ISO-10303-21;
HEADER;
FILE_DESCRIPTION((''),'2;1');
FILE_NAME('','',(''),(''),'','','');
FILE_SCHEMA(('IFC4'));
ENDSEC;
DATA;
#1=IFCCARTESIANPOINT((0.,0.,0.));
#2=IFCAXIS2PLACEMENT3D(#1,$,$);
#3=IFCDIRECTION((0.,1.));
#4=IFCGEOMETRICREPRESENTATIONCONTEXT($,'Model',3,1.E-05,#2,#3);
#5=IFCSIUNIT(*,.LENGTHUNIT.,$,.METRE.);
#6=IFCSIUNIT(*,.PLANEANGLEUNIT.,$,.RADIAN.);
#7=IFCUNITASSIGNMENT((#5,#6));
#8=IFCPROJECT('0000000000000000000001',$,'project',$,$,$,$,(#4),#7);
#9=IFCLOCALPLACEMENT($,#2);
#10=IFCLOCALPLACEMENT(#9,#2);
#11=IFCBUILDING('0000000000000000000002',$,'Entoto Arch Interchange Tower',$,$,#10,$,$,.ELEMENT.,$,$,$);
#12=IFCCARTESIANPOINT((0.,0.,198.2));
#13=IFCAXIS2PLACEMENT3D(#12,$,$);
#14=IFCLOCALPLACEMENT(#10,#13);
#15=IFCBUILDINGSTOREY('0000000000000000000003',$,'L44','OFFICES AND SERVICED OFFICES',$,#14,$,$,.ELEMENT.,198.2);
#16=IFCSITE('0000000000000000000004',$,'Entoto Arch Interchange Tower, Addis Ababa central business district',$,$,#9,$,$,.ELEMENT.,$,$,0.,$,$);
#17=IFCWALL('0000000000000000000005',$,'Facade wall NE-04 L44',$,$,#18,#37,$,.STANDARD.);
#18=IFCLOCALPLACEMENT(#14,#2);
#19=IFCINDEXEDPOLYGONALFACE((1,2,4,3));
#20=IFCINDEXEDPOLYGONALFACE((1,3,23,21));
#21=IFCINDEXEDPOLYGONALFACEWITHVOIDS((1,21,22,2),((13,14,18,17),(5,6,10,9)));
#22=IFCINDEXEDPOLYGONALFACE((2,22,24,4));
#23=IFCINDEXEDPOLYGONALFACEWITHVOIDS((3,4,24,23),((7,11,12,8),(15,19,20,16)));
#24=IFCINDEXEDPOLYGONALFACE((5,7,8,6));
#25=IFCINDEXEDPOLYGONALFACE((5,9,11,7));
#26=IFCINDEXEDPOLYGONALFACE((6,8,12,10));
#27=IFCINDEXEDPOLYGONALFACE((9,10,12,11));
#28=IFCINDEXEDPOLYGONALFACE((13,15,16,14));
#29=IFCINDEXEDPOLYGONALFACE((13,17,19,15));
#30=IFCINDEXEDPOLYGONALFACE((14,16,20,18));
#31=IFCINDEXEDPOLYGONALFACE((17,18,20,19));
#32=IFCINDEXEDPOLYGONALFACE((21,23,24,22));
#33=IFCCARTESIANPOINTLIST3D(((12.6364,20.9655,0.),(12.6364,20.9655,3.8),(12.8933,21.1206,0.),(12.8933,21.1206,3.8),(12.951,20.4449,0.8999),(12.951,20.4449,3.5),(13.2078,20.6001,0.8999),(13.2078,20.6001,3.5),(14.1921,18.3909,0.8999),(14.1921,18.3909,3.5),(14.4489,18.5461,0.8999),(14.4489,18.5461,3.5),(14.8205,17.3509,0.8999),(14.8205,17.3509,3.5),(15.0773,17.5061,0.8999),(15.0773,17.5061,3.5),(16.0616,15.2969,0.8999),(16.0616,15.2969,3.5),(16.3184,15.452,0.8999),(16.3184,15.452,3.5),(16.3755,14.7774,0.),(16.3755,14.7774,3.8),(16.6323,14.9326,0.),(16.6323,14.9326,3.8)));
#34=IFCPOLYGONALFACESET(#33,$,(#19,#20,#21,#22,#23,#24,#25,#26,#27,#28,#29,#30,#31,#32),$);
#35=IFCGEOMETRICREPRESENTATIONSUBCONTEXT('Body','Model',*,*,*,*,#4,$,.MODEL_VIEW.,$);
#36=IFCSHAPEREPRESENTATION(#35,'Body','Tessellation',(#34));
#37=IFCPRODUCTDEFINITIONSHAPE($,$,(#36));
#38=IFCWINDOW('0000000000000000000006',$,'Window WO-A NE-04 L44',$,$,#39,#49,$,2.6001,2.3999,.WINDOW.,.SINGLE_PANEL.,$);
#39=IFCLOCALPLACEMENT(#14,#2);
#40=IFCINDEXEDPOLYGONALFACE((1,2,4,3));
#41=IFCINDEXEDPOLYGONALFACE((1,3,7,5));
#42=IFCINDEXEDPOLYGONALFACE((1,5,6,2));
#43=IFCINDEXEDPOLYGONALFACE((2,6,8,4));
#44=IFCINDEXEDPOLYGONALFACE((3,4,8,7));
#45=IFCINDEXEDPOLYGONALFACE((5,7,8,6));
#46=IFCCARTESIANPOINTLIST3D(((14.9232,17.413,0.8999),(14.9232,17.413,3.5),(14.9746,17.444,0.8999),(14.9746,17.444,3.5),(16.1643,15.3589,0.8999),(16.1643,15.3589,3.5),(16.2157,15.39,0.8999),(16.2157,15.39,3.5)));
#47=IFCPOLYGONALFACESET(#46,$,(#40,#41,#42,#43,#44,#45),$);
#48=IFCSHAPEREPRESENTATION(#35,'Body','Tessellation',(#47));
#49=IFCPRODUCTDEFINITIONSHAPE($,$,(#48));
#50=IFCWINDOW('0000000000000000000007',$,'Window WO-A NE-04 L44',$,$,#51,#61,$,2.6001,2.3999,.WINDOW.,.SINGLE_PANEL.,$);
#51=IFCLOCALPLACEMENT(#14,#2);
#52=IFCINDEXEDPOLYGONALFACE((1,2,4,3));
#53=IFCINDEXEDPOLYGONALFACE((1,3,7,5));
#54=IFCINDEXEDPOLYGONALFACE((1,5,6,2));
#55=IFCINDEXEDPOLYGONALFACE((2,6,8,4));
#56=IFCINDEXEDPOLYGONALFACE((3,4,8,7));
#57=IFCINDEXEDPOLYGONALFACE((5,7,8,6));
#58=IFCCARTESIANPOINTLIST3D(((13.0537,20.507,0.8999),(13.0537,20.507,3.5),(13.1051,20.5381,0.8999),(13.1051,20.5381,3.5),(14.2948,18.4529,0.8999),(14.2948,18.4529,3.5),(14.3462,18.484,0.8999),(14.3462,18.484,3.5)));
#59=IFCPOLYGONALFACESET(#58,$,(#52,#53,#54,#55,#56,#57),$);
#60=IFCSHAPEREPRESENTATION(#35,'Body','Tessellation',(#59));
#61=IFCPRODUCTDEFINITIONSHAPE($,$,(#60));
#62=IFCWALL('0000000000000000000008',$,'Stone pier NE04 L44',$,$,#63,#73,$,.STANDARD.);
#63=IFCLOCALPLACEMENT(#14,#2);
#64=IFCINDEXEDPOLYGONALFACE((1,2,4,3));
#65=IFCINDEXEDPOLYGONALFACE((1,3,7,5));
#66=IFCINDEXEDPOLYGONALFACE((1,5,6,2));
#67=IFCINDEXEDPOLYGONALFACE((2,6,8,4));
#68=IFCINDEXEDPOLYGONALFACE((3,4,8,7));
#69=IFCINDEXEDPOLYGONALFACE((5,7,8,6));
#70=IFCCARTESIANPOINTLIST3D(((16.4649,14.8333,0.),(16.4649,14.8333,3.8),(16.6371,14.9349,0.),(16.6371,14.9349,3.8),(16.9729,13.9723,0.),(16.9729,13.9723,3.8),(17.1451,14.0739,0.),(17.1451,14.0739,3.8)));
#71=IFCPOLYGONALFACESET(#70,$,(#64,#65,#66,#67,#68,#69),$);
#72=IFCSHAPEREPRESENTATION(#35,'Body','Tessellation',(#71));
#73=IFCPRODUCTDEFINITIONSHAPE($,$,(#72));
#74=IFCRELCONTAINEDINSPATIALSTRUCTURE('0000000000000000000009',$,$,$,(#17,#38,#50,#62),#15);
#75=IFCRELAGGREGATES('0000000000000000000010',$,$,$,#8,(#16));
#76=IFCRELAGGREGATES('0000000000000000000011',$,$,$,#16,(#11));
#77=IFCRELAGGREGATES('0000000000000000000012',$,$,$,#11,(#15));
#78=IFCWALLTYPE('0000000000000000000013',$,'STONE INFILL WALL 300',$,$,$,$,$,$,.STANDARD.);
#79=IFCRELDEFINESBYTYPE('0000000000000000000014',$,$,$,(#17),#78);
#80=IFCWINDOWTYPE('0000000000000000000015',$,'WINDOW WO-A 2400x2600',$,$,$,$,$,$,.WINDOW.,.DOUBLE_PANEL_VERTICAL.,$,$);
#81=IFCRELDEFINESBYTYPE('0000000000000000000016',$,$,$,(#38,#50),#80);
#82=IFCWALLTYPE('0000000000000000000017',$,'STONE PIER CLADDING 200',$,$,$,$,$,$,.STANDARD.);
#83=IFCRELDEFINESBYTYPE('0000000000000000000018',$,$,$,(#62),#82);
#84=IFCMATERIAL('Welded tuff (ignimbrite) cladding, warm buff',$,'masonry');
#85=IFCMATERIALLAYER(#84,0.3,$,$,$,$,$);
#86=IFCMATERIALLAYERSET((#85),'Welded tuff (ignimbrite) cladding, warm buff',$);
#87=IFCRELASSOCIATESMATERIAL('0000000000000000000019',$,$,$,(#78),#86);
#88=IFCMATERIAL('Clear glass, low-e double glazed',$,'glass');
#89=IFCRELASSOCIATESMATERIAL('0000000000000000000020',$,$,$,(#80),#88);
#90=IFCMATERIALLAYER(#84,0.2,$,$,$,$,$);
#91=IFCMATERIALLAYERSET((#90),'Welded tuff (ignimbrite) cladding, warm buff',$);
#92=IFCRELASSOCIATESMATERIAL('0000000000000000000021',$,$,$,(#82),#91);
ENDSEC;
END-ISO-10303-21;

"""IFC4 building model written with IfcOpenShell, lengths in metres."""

from ifc_helpers import new_model, si_unit, direction, frame, frame_2d, origin, place, context, subcontext, project, spatial, rectangle, extrude, material, layer, layer_set, type_object, element, fill, save


model = new_model("IFC4")

# Units and contexts
model_context = context("Model", 3, precision=1e-05, world=origin(), true_north=direction((0.0, 1.0)))
body_context = subcontext(model_context, "Body", "Model", "MODEL_VIEW")
ifc_project = project(units=[si_unit("LENGTHUNIT", "METRE"), si_unit("PLANEANGLEUNIT", "RADIAN")], contexts=[model_context])

# Site, building, storey
site_placement = place(None, origin())
site = spatial("IfcSite", under=ifc_project, at=site_placement, Name="Entoto Arch Interchange Tower, Addis Ababa central business district", CompositionType="ELEMENT", RefElevation=0.0)
building_placement = place(site_placement, origin())
building = spatial("IfcBuilding", under=site, at=building_placement, Name="Entoto Arch Interchange Tower", CompositionType="ELEMENT")
storey_placement = place(building_placement, frame((0.0, 0.0, 198.2)))
storey = spatial("IfcBuildingStorey", under=building, at=storey_placement, Name="L44", Description="OFFICES AND SERVICED OFFICES", CompositionType="ELEMENT", Elevation=198.2)

# Wall, openings, windows
ifc_material_1 = material(Name="Welded tuff (ignimbrite) cladding, warm buff", Category="masonry")
ifc_layer_1 = layer(ifc_material_1, 0.3)
ifc_layer_set_1 = layer_set([ifc_layer_1], Name="Welded tuff (ignimbrite) cladding, warm buff")
wall_type_1 = type_object("IfcWallType", Name="STONE INFILL WALL 300", PredefinedType="STANDARD", material=ifc_layer_set_1)
wall_1_placement = place(storey_placement, frame((16.5039, 14.855, 0.0), z_axis=(0.0, 0.0, 1.0), x_axis=(-0.51716, 0.855889, 0.0)))
wall_1 = element("IfcWall", 1, at=wall_1_placement, inside=storey, type_object=wall_type_1, Name="Facade wall NE-04 L44", PredefinedType="STANDARD", context=body_context, shape_type="SweptSolid", body=[
    extrude(rectangle(XDim=7.23, YDim=0.3, at=frame_2d((3.615, 0.0))), origin(), (0.0, 0.0, 1.0), 3.8),
])
opening_1_placement = place(wall_1_placement, frame((0.6069, 0.0, 0.8999)))
opening_1 = element("IfcOpeningElement", 2, at=opening_1_placement, cuts=wall_1, PredefinedType="OPENING", context=body_context, shape_type="SweptSolid", body=[
    extrude(rectangle(XDim=2.3999, YDim=2.6001, at=frame_2d((1.2, 1.3))), frame((0.0, 0.1602, 0.0), z_axis=(0.0, -1.0, 0.0), x_axis=(1.0, 0.0, 0.0)), (0.0, 0.0, 1.0), 0.3201),
])
opening_2_placement = place(wall_1_placement, frame((4.2219, 0.0, 0.8999)))
opening_2 = element("IfcOpeningElement", 3, at=opening_2_placement, cuts=wall_1, PredefinedType="OPENING", context=body_context, shape_type="SweptSolid", body=[
    extrude(rectangle(XDim=2.3999, YDim=2.6001, at=frame_2d((1.2, 1.3))), frame((0.0, 0.1602, 0.0), z_axis=(0.0, -1.0, 0.0), x_axis=(1.0, 0.0, 0.0)), (0.0, 0.0, 1.0), 0.3201),
])
ifc_material_2 = material(Name="Clear glass, low-e double glazed", Category="glass")
window_type = type_object("IfcWindowType", Name="WINDOW WO-A 2400x2600", PartitioningType="DOUBLE_PANEL_VERTICAL", PredefinedType="WINDOW", material=ifc_material_2)
window_1_placement = place(opening_1_placement, origin())
window_1 = element("IfcWindow", 4, at=window_1_placement, inside=storey, type_object=window_type, Name="Window WO-A NE-04 L44", OverallHeight=2.6001, OverallWidth=2.3999, PartitioningType="SINGLE_PANEL", PredefinedType="WINDOW", context=body_context, shape_type="SweptSolid", body=[
    extrude(rectangle(XDim=2.3999, YDim=2.6001, at=frame_2d((1.2, 1.3))), frame((0.0, 0.03, 0.0), z_axis=(0.0, -1.0, 0.0), x_axis=(1.0, 0.0, 0.0)), (0.0, 0.0, 1.0), 0.0601),
])
fill(opening_1, window_1)
window_2_placement = place(opening_2_placement, origin())
window_2 = element("IfcWindow", 5, at=window_2_placement, inside=storey, type_object=window_type, Name="Window WO-A NE-04 L44", OverallHeight=2.6001, OverallWidth=2.3999, PartitioningType="SINGLE_PANEL", PredefinedType="WINDOW", context=body_context, shape_type="SweptSolid", body=[
    extrude(rectangle(XDim=2.3999, YDim=2.6001, at=frame_2d((1.2, 1.3))), frame((0.0, 0.03, 0.0), z_axis=(0.0, -1.0, 0.0), x_axis=(1.0, 0.0, 0.0)), (0.0, 0.0, 1.0), 0.0601),
])
fill(opening_2, window_2)

# Wall
ifc_layer_2 = layer(ifc_material_1, 0.2)
ifc_layer_set_2 = layer_set([ifc_layer_2], Name="Welded tuff (ignimbrite) cladding, warm buff")
wall_type_2 = type_object("IfcWallType", Name="STONE PIER CLADDING 200", PredefinedType="STANDARD", material=ifc_layer_set_2)
wall_2_placement = place(storey_placement, frame((17.0591, 14.0229, 0.0), z_axis=(0.0, 0.0, 1.0), x_axis=(-0.508162, 0.861262, 0.0)))
element("IfcWall", 6, at=wall_2_placement, inside=storey, type_object=wall_type_2, Name="Stone pier NE04 L44", PredefinedType="STANDARD", context=body_context, shape_type="SweptSolid", body=[
    extrude(rectangle(XDim=0.9998, YDim=0.2, at=frame_2d((0.5, 0.0))), origin(), (0.0, 0.0, 1.0), 3.8),
])

save(model, "model.ifc")
